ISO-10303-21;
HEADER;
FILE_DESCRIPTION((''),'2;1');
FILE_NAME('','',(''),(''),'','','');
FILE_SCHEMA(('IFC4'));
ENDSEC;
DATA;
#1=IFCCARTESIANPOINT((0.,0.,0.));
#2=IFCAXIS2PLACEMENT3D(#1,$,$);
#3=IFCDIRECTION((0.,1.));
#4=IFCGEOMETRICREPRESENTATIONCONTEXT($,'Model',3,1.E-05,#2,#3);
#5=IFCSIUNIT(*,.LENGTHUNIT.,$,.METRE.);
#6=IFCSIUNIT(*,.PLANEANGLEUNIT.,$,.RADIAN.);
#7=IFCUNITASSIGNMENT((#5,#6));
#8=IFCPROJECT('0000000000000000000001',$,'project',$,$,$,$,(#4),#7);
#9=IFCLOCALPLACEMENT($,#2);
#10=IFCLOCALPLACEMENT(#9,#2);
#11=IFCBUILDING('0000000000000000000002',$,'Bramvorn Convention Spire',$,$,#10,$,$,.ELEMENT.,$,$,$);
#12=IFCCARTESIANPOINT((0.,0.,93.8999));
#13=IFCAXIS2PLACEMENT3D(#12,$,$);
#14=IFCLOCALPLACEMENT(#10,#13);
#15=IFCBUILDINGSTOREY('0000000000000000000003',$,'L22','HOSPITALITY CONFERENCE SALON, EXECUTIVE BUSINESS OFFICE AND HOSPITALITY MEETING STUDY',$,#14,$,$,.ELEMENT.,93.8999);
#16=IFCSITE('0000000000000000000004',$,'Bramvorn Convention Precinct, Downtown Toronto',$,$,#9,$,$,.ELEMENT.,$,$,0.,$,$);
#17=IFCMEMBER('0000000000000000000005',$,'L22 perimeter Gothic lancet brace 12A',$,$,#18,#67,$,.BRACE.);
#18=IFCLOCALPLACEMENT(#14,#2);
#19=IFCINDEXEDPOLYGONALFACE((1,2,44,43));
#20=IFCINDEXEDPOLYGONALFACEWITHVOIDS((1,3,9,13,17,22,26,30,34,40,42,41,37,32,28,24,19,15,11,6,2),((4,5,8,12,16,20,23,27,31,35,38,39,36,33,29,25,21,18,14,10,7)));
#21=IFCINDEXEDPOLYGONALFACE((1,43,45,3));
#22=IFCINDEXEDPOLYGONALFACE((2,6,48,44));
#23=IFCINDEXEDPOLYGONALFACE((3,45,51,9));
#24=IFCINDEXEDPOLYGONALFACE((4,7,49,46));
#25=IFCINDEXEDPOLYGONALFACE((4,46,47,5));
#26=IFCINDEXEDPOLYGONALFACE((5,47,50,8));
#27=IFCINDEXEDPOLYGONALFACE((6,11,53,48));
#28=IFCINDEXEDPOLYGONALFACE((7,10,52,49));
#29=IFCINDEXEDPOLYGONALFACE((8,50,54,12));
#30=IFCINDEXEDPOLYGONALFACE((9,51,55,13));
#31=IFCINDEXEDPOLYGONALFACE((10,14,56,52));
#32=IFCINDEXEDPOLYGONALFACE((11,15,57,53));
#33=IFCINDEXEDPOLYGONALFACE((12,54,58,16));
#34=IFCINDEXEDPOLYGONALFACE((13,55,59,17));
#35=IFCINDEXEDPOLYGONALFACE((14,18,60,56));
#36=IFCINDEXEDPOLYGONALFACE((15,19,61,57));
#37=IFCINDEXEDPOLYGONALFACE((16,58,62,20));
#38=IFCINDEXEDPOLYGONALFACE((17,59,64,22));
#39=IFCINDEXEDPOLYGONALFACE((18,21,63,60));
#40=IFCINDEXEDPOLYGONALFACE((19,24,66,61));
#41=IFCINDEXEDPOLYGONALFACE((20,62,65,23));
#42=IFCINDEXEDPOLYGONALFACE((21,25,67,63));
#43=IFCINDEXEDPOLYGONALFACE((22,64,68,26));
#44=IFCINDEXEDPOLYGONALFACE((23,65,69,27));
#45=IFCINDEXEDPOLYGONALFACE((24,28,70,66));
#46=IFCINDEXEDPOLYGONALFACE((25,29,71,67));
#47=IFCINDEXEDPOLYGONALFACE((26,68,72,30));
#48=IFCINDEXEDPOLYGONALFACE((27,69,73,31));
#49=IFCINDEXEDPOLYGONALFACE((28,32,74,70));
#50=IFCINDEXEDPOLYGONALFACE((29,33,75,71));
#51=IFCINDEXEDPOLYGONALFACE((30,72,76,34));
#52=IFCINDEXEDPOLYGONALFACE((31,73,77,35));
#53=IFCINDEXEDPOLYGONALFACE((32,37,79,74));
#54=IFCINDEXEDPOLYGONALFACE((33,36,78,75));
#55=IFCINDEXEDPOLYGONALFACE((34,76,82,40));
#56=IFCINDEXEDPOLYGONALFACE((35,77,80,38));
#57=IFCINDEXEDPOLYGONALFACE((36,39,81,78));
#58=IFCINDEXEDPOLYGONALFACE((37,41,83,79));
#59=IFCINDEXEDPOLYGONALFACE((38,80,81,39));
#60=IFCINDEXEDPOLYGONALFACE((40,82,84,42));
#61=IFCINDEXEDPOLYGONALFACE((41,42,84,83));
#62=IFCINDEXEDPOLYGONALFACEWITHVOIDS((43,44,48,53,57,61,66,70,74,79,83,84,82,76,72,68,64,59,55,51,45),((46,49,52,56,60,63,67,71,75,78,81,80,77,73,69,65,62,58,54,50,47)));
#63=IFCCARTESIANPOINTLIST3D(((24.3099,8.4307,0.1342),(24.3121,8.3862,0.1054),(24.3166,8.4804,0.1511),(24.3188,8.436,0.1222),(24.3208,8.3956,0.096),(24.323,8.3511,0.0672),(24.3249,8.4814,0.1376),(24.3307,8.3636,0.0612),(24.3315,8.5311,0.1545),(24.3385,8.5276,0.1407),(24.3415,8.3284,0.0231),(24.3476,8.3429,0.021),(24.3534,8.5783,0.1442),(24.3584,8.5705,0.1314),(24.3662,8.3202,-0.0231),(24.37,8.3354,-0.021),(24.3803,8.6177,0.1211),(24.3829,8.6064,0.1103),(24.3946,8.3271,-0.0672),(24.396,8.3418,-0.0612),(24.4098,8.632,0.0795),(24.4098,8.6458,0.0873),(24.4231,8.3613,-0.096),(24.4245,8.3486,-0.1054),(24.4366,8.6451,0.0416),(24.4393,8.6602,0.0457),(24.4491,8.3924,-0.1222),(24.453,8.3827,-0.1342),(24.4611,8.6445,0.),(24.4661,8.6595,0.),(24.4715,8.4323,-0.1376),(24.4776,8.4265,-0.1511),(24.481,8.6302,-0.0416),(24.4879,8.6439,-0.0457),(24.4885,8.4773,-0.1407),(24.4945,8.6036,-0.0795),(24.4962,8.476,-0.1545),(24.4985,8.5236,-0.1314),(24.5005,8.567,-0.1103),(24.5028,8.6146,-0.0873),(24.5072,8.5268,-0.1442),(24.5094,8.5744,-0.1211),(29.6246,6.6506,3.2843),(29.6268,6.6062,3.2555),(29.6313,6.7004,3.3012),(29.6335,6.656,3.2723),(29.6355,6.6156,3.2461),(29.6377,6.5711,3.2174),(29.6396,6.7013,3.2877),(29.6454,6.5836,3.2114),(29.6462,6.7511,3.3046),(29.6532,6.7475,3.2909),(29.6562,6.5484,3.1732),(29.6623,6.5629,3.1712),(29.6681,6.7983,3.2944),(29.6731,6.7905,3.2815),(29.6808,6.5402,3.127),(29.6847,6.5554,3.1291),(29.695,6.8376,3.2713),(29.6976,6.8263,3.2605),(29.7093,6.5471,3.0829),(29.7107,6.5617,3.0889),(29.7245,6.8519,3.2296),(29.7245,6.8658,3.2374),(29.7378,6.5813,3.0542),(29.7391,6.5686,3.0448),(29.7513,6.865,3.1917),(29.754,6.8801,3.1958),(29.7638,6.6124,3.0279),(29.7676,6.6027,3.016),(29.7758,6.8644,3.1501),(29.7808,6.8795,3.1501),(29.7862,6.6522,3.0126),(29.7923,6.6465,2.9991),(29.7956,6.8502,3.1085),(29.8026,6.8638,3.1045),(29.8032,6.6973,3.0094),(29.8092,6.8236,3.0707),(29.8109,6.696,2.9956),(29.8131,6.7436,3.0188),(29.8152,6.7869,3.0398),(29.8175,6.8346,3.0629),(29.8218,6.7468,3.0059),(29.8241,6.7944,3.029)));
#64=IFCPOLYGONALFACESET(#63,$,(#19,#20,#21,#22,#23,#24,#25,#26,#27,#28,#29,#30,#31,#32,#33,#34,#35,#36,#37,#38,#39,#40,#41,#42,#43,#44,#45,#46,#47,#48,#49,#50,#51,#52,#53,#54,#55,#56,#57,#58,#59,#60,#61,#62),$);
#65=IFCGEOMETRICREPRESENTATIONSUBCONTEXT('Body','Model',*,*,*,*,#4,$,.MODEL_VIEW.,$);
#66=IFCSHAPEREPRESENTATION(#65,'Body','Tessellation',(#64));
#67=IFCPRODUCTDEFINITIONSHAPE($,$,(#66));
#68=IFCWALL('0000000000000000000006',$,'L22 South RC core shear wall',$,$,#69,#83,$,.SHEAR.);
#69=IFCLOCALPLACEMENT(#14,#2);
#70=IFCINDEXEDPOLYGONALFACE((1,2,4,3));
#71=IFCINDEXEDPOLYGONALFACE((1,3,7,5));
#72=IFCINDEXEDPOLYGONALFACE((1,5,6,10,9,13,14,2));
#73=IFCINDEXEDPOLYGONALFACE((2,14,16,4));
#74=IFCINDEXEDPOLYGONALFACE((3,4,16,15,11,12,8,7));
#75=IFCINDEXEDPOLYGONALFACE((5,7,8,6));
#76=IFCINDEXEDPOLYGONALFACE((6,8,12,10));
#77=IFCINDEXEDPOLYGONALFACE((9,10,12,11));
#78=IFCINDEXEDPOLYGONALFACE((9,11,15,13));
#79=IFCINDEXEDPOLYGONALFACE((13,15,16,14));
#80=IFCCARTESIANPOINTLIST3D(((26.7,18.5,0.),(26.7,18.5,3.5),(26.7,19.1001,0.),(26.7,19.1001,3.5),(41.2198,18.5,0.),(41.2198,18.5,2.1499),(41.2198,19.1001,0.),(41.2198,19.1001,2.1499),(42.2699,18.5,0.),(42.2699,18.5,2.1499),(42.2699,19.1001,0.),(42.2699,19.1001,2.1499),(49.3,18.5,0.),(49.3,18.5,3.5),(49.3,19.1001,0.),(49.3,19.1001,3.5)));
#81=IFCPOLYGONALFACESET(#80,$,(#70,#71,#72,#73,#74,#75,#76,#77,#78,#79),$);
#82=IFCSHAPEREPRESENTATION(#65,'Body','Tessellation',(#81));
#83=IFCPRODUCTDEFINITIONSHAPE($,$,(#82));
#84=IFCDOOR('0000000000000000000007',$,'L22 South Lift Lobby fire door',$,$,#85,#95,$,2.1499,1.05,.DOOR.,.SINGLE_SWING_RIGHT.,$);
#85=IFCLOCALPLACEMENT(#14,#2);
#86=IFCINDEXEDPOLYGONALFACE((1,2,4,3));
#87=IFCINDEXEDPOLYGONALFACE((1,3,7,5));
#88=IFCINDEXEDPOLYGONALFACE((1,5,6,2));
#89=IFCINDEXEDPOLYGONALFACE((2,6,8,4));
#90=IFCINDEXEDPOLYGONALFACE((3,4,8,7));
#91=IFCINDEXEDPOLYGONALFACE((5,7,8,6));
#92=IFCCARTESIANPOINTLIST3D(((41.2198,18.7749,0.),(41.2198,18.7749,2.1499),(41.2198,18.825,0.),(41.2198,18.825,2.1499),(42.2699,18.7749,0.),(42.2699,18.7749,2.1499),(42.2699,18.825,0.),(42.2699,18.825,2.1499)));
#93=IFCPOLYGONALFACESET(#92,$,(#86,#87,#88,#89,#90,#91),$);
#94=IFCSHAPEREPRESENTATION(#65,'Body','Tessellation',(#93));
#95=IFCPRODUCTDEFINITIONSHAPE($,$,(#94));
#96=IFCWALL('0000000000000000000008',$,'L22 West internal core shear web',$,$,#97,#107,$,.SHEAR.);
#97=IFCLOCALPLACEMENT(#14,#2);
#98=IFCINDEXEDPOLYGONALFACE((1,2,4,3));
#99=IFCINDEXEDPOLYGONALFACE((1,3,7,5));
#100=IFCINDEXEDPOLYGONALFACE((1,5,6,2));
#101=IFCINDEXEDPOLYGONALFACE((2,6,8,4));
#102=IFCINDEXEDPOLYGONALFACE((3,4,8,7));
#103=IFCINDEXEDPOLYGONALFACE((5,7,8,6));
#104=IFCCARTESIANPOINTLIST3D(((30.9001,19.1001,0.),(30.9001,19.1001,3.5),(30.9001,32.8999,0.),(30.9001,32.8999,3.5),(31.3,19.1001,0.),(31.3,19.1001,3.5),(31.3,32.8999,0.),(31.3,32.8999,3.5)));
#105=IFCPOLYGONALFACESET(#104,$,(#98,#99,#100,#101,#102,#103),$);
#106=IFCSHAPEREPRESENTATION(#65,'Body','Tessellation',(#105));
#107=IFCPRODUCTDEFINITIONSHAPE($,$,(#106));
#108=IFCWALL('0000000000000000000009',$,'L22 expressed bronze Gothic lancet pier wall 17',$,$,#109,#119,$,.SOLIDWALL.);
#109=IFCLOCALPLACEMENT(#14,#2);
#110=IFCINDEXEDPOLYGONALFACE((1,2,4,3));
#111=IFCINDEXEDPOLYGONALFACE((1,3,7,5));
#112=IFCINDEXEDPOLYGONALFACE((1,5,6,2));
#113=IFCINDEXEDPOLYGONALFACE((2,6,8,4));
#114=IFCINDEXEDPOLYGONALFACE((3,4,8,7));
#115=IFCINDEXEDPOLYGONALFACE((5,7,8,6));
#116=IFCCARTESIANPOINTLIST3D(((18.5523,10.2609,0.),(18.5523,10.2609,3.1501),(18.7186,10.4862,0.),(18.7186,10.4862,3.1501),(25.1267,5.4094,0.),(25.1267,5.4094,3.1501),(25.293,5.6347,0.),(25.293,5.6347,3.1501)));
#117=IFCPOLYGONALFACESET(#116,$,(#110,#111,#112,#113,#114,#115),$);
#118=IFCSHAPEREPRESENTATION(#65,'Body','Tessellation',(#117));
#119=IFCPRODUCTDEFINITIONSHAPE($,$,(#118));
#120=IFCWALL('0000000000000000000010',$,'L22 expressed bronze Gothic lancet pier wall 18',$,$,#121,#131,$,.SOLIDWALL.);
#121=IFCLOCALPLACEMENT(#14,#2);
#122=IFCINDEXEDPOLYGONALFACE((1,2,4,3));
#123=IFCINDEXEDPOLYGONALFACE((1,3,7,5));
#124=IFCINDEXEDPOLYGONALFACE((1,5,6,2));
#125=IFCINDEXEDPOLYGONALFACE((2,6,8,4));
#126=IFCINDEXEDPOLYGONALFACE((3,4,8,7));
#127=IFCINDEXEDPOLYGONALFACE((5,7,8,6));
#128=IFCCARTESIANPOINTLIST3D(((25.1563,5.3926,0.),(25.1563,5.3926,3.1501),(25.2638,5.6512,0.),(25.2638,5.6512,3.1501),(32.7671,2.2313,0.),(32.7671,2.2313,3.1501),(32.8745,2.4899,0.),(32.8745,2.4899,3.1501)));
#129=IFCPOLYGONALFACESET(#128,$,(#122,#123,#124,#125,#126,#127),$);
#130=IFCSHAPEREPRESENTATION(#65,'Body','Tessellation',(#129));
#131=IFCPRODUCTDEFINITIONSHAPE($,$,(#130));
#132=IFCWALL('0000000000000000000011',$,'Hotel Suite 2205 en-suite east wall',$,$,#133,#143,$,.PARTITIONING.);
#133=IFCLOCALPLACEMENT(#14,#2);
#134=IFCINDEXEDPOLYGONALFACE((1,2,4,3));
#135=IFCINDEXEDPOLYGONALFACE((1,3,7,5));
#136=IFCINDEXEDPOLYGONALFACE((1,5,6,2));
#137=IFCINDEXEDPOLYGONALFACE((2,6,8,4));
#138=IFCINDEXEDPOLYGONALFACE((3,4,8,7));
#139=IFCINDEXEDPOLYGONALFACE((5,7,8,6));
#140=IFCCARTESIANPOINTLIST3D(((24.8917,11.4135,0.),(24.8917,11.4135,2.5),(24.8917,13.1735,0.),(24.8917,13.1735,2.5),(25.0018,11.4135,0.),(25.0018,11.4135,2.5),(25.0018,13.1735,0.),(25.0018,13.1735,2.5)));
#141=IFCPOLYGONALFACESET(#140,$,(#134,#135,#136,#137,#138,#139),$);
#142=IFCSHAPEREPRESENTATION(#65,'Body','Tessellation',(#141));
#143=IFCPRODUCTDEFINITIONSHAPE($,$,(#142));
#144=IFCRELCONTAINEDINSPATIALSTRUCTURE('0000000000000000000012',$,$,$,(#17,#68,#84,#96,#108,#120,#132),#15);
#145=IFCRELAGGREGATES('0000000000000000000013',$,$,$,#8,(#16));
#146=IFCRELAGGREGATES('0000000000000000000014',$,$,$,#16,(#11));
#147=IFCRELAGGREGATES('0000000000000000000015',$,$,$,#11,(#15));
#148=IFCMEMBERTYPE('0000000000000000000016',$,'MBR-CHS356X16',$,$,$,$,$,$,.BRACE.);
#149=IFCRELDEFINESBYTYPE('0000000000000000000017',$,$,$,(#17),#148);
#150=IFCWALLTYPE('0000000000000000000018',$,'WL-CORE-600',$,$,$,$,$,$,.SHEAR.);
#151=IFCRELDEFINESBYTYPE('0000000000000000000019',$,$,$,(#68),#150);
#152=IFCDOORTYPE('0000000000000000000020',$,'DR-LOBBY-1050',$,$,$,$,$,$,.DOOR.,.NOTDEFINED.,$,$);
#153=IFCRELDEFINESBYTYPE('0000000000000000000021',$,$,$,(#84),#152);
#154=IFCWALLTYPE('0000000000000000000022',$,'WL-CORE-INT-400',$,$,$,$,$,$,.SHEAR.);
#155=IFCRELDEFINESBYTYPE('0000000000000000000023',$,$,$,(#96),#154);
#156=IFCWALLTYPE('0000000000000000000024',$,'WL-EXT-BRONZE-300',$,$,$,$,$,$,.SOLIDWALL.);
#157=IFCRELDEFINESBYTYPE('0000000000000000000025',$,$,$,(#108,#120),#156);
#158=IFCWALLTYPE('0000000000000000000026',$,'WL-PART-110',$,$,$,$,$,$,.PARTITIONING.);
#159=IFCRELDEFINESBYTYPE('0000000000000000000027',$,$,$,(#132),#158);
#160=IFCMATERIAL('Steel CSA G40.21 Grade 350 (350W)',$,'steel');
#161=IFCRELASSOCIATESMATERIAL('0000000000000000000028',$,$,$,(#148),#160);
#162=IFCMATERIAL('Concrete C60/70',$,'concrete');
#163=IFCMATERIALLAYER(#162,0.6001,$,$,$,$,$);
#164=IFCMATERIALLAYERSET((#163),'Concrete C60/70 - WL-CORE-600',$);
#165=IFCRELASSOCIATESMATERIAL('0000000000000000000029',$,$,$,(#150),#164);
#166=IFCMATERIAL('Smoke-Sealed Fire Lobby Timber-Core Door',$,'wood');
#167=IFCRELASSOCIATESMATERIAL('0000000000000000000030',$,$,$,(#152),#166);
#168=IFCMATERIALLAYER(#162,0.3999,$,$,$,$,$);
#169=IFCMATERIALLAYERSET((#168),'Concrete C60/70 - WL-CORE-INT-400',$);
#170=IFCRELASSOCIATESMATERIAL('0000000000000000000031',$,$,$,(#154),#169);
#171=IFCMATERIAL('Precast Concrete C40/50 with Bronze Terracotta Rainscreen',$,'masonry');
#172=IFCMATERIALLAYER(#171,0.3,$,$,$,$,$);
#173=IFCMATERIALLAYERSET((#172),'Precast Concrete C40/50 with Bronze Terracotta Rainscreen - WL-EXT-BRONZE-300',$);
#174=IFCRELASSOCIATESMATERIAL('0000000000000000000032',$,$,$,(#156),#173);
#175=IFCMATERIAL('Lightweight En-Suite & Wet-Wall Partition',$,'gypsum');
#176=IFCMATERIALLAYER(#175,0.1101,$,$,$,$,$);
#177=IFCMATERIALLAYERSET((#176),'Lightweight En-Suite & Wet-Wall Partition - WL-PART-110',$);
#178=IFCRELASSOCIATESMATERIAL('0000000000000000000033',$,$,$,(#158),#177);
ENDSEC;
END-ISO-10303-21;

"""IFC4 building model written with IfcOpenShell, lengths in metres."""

from ifc_helpers import new_model, si_unit, direction, frame, frame_2d, origin, origin_2d, place, context, subcontext, project, spatial, rectangle, hollow_circle, extrude, material, layer, layer_set, material_profile, profile_set, type_object, element, fill, save


model = new_model("IFC4")

# Units and contexts
model_context = context("Model", 3, precision=1e-05, world=origin(), true_north=direction((0.0, 1.0)))
body_context = subcontext(model_context, "Body", "Model", "MODEL_VIEW")
ifc_project = project(units=[si_unit("LENGTHUNIT", "METRE"), si_unit("PLANEANGLEUNIT", "RADIAN")], contexts=[model_context])

# Site, building, storey
site_placement = place(None, origin())
site = spatial("IfcSite", under=ifc_project, at=site_placement, Name="Bramvorn Convention Precinct, Downtown Toronto", CompositionType="ELEMENT", RefElevation=0.0)
building_placement = place(site_placement, origin())
building = spatial("IfcBuilding", under=site, at=building_placement, Name="Bramvorn Convention Spire", CompositionType="ELEMENT")
storey_placement = place(building_placement, frame((0.0, 0.0, 93.8999)))
storey = spatial("IfcBuildingStorey", under=building, at=storey_placement, Name="L22", Description="HOSPITALITY CONFERENCE SALON, EXECUTIVE BUSINESS OFFICE AND HOSPITALITY MEETING STUDY", CompositionType="ELEMENT", Elevation=93.8999)

# Shared definitions
ifc_material_1 = material(Name="Steel CSA G40.21 Grade 350 (350W)", Category="steel")

# Member
ifc_material_profile_1 = material_profile(ifc_material_1, hollow_circle(Radius=0.1777, WallThickness=0.0159, at=origin_2d()))
ifc_profile_set_1 = profile_set([ifc_material_profile_1], Name="Steel CSA G40.21 Grade 350 (350W) - CHS356X16")
member_type = type_object("IfcMemberType", Name="MBR-CHS356X16", PredefinedType="BRACE", material=ifc_profile_set_1)
member_placement = place(storey_placement, frame((24.4097, 8.491, 0.0), z_axis=(0.826617, -0.276855, 0.489955), x_axis=(0.317586, 0.948229, 0.0)))
element("IfcMember", 1, at=member_placement, inside=storey, type_object=member_type, Name="L22 perimeter Gothic lancet brace 12A", PredefinedType="BRACE", context=body_context, shape_type="SweptSolid", body=[
    extrude(hollow_circle(Radius=0.1777, WallThickness=0.0159, at=origin_2d()), origin(), (0.0, 0.0, 1.0), 6.4294),
])

# Wall, opening, door
ifc_material_2 = material(Name="Concrete C60/70", Category="concrete")
ifc_layer_1 = layer(ifc_material_2, 0.6001)
ifc_layer_set_1 = layer_set([ifc_layer_1], Name="Concrete C60/70 - WL-CORE-600")
wall_type_1 = type_object("IfcWallType", Name="WL-CORE-600", PredefinedType="SHEAR", material=ifc_layer_set_1)
wall_1_placement = place(storey_placement, frame((26.7, 18.8, 0.0), z_axis=(0.0, 0.0, 1.0), x_axis=(1.0, 0.0, 0.0)))
wall_1 = element("IfcWall", 2, at=wall_1_placement, inside=storey, type_object=wall_type_1, Name="L22 South RC core shear wall", PredefinedType="SHEAR", context=body_context, shape_type="SweptSolid", body=[
    extrude(rectangle(XDim=22.6001, YDim=0.6001, at=frame_2d((11.3, 0.0))), origin(), (0.0, 0.0, 1.0), 3.5),
])
opening_1_placement = place(wall_1_placement, frame((14.52, 0.0, 0.0)))
opening_1 = element("IfcOpeningElement", 3, at=opening_1_placement, cuts=wall_1, PredefinedType="OPENING", context=body_context, shape_type="SweptSolid", body=[
    extrude(rectangle(XDim=1.05, YDim=2.1499, at=frame_2d((0.5249, 1.075))), frame((0.0, 0.3101, 0.0), z_axis=(0.0, -1.0, 0.0), x_axis=(1.0, 0.0, 0.0)), (0.0, 0.0, 1.0), 0.6201),
])
ifc_material_3 = material(Name="Smoke-Sealed Fire Lobby Timber-Core Door", Category="wood")
door_type_1 = type_object("IfcDoorType", Name="DR-LOBBY-1050", OperationType="NOTDEFINED", PredefinedType="DOOR", material=ifc_material_3)
door_1_placement = place(opening_1_placement, origin())
door_1 = element("IfcDoor", 4, at=door_1_placement, inside=storey, type_object=door_type_1, Name="L22 South Lift Lobby fire door", OperationType="SINGLE_SWING_RIGHT", OverallHeight=2.1499, OverallWidth=1.05, PredefinedType="DOOR", context=body_context, shape_type="SweptSolid", body=[
    extrude(rectangle(XDim=1.05, YDim=2.1499, at=frame_2d((0.5249, 1.075))), frame((0.0, 0.0249, 0.0), z_axis=(0.0, -1.0, 0.0), x_axis=(1.0, 0.0, 0.0)), (0.0, 0.0, 1.0), 0.05),
])
fill(opening_1, door_1)

# Walls
ifc_layer_2 = layer(ifc_material_2, 0.3999)
ifc_layer_set_2 = layer_set([ifc_layer_2], Name="Concrete C60/70 - WL-CORE-INT-400")
wall_type_2 = type_object("IfcWallType", Name="WL-CORE-INT-400", PredefinedType="SHEAR", material=ifc_layer_set_2)
wall_2_placement = place(storey_placement, frame((31.1001, 19.1001, 0.0), z_axis=(0.0, 0.0, 1.0), x_axis=(0.0, 1.0, 0.0)))
element("IfcWall", 5, at=wall_2_placement, inside=storey, type_object=wall_type_2, Name="L22 West internal core shear web", PredefinedType="SHEAR", context=body_context, shape_type="SweptSolid", body=[
    extrude(rectangle(XDim=13.7998, YDim=0.3999, at=frame_2d((6.8999, 0.0))), origin(), (0.0, 0.0, 1.0), 3.5),
])
ifc_material_4 = material(Name="Precast Concrete C40/50 with Bronze Terracotta Rainscreen", Category="masonry")
ifc_layer_3 = layer(ifc_material_4, 0.3)
ifc_layer_set_3 = layer_set([ifc_layer_3], Name="Precast Concrete C40/50 with Bronze Terracotta Rainscreen - WL-EXT-BRONZE-300")
wall_type_3 = type_object("IfcWallType", Name="WL-EXT-BRONZE-300", PredefinedType="SOLIDWALL", material=ifc_layer_set_3)
wall_3_placement = place(storey_placement, frame((25.21, 5.522, 0.0), z_axis=(0.0, 0.0, 1.0), x_axis=(-0.804634, 0.593772, 0.0)))
element("IfcWall", 6, at=wall_3_placement, inside=storey, type_object=wall_type_3, Name="L22 expressed bronze Gothic lancet pier wall 17", PredefinedType="SOLIDWALL", context=body_context, shape_type="SweptSolid", body=[
    extrude(rectangle(XDim=8.1707, YDim=0.28, at=frame_2d((4.0854, 0.0))), origin(), (0.0, 0.0, 1.0), 3.1501),
])
wall_4_placement = place(storey_placement, frame((32.8208, 2.3606, 0.0), z_axis=(0.0, 0.0, 1.0), x_axis=(-0.923499, 0.383601, 0.0)))
element("IfcWall", 7, at=wall_4_placement, inside=storey, type_object=wall_type_3, Name="L22 expressed bronze Gothic lancet pier wall 18", PredefinedType="SOLIDWALL", context=body_context, shape_type="SweptSolid", body=[
    extrude(rectangle(XDim=8.2412, YDim=0.28, at=frame_2d((4.1206, 0.0))), origin(), (0.0, 0.0, 1.0), 3.1501),
])
ifc_material_5 = material(Name="Lightweight En-Suite & Wet-Wall Partition", Category="gypsum")
ifc_layer_4 = layer(ifc_material_5, 0.1101)
ifc_layer_set_4 = layer_set([ifc_layer_4], Name="Lightweight En-Suite & Wet-Wall Partition - WL-PART-110")
wall_type_4 = type_object("IfcWallType", Name="WL-PART-110", PredefinedType="PARTITIONING", material=ifc_layer_set_4)
wall_5_placement = place(storey_placement, frame((24.9468, 11.4136, 0.0), z_axis=(0.0, 0.0, 1.0), x_axis=(0.0, 1.0, 0.0)))
element("IfcWall", 8, at=wall_5_placement, inside=storey, type_object=wall_type_4, Name="Hotel Suite 2205 en-suite east wall", PredefinedType="PARTITIONING", context=body_context, shape_type="SweptSolid", body=[
    extrude(rectangle(XDim=1.76, YDim=0.1101, at=frame_2d((0.8799, 0.0))), origin(), (0.0, 0.0, 1.0), 2.5),
])

save(model, "model.ifc")
